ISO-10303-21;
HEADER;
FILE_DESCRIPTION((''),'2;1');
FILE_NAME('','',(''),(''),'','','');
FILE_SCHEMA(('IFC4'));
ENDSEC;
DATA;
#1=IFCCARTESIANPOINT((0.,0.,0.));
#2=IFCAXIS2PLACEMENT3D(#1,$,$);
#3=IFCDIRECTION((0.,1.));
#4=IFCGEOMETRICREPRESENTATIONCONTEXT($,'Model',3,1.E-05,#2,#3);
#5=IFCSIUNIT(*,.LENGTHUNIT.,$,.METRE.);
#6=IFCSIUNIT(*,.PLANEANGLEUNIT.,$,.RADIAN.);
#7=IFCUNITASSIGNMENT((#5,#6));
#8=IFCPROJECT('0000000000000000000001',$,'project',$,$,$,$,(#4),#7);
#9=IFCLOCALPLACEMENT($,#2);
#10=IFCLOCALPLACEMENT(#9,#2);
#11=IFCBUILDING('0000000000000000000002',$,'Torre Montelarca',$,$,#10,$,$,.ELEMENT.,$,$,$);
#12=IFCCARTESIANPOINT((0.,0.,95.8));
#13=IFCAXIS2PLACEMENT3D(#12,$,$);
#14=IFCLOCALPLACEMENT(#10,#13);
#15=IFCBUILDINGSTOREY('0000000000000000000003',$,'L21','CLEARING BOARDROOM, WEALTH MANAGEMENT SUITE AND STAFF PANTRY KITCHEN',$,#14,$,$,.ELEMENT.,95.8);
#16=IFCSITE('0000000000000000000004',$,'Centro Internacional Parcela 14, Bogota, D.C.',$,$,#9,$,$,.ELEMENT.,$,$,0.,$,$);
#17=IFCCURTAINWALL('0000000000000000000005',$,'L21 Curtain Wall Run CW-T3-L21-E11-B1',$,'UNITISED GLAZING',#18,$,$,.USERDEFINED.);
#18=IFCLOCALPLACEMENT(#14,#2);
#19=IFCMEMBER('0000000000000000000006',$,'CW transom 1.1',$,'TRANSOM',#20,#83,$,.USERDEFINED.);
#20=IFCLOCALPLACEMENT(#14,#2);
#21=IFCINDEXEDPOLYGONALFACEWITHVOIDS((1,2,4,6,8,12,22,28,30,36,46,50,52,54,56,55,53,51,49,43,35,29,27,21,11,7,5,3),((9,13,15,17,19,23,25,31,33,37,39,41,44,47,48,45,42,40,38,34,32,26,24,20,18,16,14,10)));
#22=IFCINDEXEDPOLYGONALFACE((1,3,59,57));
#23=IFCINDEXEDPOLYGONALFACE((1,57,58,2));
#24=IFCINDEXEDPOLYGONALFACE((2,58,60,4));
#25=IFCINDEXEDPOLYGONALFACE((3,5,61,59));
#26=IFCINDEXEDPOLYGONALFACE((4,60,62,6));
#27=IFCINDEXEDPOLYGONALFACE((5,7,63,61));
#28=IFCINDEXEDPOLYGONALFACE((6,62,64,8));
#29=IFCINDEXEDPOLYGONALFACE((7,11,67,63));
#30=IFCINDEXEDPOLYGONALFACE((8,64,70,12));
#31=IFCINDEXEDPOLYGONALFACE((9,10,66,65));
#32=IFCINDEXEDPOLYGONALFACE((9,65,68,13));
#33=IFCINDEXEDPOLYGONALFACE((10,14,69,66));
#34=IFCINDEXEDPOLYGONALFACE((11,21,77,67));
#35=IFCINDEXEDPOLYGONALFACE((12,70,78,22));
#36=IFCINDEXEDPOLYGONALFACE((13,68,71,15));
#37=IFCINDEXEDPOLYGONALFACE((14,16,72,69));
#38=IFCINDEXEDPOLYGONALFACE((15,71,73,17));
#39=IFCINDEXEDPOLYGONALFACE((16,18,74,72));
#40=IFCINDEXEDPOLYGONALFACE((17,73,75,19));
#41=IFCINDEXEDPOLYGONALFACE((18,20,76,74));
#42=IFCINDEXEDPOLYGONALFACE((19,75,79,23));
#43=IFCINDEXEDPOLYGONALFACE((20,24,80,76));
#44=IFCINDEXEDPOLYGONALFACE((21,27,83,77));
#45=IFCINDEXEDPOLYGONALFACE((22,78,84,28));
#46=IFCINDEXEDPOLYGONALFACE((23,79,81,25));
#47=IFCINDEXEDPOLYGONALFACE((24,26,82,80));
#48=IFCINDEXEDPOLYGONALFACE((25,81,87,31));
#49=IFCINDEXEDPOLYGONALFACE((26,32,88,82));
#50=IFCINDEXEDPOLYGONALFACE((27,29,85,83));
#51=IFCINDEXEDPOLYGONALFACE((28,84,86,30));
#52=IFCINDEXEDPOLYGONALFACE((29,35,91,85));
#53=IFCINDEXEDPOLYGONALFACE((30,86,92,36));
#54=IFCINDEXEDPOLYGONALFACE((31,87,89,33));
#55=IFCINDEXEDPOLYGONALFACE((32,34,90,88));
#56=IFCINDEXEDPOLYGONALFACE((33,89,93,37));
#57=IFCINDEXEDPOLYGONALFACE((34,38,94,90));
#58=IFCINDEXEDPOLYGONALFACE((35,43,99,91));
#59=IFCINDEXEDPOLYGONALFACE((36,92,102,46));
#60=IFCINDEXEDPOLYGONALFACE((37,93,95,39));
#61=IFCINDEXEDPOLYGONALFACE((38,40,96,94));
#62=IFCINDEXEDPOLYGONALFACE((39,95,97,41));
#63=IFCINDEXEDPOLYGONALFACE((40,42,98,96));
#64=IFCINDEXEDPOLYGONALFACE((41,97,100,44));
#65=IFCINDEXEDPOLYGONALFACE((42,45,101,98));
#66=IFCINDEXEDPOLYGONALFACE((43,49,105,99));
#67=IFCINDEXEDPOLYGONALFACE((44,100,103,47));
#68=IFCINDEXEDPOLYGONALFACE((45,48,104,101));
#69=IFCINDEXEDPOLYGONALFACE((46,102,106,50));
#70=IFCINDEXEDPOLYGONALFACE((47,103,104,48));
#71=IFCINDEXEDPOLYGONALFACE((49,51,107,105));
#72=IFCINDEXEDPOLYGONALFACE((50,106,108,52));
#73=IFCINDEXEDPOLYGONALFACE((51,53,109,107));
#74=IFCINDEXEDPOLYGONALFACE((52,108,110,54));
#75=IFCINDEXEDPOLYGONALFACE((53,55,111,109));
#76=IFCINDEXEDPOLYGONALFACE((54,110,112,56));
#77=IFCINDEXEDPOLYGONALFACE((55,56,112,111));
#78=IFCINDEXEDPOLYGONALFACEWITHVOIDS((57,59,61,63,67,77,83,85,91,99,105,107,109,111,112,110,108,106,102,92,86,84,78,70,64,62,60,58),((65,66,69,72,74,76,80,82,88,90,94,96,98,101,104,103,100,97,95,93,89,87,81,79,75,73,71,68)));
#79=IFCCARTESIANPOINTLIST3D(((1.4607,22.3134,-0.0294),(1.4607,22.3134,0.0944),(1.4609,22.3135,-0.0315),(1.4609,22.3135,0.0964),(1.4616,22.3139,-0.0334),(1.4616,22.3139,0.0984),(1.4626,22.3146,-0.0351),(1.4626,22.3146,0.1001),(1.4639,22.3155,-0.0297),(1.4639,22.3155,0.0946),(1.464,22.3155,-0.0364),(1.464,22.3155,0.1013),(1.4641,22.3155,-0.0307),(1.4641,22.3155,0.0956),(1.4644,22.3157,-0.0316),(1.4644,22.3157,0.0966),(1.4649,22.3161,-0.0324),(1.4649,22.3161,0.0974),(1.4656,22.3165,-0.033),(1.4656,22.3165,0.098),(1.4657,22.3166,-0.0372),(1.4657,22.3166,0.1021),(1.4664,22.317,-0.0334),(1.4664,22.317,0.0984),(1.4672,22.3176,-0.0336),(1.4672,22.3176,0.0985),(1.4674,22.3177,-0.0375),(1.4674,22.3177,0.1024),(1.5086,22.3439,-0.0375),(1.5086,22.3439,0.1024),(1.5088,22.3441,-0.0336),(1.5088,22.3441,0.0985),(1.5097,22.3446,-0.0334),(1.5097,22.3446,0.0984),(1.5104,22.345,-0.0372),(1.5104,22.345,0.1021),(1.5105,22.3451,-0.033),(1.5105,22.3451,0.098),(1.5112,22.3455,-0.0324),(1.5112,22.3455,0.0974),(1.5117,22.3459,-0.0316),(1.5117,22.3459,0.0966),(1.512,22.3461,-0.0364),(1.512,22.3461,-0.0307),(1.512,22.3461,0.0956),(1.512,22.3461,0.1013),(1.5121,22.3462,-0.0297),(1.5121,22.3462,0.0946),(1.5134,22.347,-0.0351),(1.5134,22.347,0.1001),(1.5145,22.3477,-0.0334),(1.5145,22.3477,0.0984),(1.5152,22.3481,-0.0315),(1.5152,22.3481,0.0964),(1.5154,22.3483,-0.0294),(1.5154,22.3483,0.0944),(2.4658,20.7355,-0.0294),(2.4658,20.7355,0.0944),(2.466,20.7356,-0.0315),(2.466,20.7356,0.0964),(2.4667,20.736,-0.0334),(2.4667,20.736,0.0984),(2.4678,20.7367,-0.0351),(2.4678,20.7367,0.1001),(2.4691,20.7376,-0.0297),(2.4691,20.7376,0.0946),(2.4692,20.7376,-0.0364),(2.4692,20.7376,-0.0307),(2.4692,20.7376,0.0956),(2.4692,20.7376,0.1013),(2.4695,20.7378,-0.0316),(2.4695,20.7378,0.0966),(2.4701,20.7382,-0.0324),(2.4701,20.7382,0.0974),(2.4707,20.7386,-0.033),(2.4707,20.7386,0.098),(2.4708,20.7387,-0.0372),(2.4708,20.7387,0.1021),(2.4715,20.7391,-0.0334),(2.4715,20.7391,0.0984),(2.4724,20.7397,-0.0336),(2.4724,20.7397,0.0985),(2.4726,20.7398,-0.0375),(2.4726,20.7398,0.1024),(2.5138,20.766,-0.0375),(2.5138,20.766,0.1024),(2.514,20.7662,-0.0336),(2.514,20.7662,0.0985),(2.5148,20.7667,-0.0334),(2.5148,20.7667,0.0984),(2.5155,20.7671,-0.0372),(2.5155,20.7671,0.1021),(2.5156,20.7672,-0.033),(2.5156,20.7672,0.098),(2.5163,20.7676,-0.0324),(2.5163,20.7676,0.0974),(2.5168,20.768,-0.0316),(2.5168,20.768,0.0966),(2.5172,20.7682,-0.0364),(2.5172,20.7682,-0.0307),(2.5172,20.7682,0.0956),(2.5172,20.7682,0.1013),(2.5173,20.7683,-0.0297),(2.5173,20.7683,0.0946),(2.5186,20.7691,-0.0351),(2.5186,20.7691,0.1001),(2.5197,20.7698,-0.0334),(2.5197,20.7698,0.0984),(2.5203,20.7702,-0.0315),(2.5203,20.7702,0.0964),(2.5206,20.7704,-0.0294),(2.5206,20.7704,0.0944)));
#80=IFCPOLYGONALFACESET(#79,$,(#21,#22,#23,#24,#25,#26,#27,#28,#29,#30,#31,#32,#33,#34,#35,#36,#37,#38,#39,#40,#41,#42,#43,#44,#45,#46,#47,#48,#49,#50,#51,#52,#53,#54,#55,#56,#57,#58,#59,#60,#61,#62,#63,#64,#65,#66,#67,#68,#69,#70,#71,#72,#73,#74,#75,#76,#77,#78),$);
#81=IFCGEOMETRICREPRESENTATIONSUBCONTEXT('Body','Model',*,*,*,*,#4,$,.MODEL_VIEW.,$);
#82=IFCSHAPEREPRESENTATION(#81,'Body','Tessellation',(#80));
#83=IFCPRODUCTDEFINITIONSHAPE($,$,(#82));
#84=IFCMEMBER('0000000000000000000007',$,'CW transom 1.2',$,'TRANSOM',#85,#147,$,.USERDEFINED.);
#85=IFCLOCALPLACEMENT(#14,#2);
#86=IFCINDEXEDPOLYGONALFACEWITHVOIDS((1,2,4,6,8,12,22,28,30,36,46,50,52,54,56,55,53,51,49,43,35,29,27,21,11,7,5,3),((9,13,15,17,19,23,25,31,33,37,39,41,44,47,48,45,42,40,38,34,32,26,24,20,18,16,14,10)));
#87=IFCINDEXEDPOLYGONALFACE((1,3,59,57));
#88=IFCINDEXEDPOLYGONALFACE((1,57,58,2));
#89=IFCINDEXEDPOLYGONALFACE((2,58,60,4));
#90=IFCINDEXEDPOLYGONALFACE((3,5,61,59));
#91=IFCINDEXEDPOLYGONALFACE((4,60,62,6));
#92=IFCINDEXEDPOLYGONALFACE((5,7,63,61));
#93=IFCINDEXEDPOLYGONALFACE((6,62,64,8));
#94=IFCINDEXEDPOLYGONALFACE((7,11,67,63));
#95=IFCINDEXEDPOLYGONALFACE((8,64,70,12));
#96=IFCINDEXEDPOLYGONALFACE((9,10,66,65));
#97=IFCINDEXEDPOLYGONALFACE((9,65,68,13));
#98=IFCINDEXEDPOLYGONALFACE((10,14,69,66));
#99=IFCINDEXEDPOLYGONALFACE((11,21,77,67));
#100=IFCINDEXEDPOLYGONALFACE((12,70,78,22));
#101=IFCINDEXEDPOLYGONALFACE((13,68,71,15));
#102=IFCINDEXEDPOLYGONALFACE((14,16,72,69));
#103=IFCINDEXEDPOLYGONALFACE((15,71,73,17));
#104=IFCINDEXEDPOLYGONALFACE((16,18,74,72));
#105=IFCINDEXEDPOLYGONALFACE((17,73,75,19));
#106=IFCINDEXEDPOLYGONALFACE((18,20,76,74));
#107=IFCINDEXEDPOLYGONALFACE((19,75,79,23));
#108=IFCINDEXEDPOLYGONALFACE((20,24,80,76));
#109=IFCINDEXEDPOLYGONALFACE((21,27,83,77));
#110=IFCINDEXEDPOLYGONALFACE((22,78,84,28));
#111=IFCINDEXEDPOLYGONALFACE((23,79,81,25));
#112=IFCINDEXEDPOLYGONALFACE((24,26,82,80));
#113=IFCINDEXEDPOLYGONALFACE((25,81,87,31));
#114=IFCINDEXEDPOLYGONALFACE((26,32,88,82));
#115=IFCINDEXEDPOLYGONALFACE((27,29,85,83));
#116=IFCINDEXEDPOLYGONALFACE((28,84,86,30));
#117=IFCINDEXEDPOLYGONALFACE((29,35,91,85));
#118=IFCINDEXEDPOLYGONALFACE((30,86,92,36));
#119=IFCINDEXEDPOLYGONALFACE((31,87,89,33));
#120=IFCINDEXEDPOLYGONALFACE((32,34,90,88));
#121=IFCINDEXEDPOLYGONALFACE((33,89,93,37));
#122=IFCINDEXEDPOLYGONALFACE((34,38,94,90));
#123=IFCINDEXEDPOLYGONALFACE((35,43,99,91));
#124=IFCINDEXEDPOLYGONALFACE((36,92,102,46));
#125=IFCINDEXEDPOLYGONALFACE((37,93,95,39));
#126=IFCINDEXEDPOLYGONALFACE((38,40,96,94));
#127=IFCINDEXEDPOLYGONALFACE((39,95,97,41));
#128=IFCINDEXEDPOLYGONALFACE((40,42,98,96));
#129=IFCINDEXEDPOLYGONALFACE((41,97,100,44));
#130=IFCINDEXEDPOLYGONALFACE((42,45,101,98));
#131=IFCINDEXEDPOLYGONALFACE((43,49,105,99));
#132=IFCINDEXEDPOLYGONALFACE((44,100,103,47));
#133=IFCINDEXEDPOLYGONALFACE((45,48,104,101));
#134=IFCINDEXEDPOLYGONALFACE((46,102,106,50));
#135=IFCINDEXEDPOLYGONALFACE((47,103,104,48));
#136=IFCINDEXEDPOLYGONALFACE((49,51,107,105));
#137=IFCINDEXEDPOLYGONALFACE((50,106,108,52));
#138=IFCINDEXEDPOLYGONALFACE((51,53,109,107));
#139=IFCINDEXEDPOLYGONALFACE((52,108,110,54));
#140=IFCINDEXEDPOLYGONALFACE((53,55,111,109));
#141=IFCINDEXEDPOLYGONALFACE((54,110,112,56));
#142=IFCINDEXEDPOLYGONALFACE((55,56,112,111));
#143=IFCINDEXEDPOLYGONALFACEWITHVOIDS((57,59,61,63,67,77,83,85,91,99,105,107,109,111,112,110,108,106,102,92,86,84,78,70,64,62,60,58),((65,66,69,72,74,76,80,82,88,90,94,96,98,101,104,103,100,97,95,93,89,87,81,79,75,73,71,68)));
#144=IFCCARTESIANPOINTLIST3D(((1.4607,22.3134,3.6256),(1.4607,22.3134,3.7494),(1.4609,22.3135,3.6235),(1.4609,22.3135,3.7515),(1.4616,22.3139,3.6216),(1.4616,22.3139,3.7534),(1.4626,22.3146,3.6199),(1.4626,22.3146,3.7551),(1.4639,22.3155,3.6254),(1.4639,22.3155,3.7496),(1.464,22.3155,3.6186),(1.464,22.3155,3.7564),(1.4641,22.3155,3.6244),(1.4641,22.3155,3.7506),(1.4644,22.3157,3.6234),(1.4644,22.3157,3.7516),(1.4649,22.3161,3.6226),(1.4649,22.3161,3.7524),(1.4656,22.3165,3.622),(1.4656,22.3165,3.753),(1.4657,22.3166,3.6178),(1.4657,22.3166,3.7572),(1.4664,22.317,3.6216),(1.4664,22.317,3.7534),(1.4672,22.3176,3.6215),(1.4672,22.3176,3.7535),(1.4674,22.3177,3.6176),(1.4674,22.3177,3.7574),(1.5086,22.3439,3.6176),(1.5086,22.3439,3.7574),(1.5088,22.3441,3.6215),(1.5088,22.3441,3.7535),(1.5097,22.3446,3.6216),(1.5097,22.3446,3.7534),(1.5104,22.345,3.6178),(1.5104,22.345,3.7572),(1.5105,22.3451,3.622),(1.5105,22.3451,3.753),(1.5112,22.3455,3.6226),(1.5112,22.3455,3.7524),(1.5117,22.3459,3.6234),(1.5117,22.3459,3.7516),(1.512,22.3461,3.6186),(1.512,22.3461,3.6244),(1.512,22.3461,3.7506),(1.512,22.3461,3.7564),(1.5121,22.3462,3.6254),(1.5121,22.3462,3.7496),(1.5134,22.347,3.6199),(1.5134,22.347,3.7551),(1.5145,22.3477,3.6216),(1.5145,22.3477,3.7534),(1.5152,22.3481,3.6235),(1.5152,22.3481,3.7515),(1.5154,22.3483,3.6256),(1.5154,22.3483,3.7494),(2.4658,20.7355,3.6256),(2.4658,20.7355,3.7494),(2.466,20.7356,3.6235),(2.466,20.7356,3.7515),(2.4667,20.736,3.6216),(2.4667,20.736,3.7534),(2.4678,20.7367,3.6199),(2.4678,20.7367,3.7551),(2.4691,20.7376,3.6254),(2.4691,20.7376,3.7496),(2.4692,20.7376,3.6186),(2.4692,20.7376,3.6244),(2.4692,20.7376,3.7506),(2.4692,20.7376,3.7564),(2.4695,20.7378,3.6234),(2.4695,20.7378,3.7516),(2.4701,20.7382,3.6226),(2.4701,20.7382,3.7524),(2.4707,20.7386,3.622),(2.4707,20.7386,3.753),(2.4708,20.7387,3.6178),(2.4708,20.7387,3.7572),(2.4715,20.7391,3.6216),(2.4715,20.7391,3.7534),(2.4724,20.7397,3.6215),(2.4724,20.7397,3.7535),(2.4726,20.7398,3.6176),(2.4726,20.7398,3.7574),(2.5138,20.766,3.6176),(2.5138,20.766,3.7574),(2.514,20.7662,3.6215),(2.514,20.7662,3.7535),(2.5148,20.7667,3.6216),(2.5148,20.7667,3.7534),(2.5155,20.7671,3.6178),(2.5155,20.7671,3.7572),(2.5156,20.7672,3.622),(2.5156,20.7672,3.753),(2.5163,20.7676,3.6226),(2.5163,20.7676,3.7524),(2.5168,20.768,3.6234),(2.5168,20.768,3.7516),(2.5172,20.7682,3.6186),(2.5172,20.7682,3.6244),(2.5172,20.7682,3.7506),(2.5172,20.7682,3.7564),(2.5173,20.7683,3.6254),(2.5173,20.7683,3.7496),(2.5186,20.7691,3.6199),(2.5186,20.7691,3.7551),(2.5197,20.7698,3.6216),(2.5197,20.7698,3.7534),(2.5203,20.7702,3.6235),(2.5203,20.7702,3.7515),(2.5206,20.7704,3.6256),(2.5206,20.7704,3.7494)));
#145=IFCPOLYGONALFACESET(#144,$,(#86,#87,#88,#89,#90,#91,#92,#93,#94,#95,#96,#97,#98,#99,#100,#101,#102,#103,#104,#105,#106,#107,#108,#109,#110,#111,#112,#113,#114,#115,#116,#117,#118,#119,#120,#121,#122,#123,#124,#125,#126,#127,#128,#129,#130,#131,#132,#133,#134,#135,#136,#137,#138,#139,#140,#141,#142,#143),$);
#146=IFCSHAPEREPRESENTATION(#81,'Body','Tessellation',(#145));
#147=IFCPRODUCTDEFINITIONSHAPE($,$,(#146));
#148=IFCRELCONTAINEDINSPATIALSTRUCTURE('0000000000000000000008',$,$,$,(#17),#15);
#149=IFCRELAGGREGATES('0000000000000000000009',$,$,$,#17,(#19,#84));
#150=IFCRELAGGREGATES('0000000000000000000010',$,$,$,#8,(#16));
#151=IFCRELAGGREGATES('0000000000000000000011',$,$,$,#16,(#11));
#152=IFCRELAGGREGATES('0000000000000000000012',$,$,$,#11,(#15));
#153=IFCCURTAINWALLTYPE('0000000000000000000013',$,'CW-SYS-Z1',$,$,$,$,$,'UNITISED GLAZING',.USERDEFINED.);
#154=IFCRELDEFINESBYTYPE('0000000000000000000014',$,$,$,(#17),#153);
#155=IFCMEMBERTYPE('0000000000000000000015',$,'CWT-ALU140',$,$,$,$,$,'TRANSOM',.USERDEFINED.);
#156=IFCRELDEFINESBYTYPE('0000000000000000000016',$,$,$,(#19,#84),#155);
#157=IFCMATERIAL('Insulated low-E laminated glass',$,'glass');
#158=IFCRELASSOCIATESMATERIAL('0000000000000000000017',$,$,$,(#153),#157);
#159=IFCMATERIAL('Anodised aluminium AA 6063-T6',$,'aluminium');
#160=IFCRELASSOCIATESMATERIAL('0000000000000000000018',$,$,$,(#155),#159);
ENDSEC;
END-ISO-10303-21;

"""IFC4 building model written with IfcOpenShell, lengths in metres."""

from ifc_helpers import new_model, si_unit, direction, frame, origin, origin_2d, place, context, subcontext, project, spatial, hollow_rectangle, extrude, source, transform, mapped, material, material_profile, profile_set, type_object, element, aggregate, save


model = new_model("IFC4")

# Units and contexts
model_context = context("Model", 3, precision=1e-05, world=origin(), true_north=direction((0.0, 1.0)))
body_context = subcontext(model_context, "Body", "Model", "MODEL_VIEW")
ifc_project = project(units=[si_unit("LENGTHUNIT", "METRE"), si_unit("PLANEANGLEUNIT", "RADIAN")], contexts=[model_context])

# Site, building, storey
site_placement = place(None, origin())
site = spatial("IfcSite", under=ifc_project, at=site_placement, Name="Centro Internacional Parcela 14, Bogota, D.C.", CompositionType="ELEMENT", RefElevation=0.0)
building_placement = place(site_placement, origin())
building = spatial("IfcBuilding", under=site, at=building_placement, Name="Torre Montelarca", CompositionType="ELEMENT")
storey_placement = place(building_placement, frame((0.0, 0.0, 95.8)))
storey = spatial("IfcBuildingStorey", under=building, at=storey_placement, Name="L21", Description="CLEARING BOARDROOM, WEALTH MANAGEMENT SUITE AND STAFF PANTRY KITCHEN", CompositionType="ELEMENT", Elevation=95.8)

# Curtain wall, members
ifc_material_1 = material(Name="Insulated low-E laminated glass", Category="glass")
curtain_wall_type = type_object("IfcCurtainWallType", Name="CW-SYS-Z1", ElementType="UNITISED GLAZING", PredefinedType="USERDEFINED", material=ifc_material_1)
ifc_material_2 = material(Name="Anodised aluminium AA 6063-T6", Category="aluminium")
ifc_material_profile_1 = material_profile(ifc_material_2, hollow_rectangle(XDim=0.0649, YDim=0.1399, WallThickness=0.0039, InnerFilletRadius=0.0039, OuterFilletRadius=0.0081, at=origin_2d()), Name="ALU65X140X4", Category="aluminium")
ifc_profile_set_1 = profile_set([ifc_material_profile_1], Name="Anodised aluminium AA 6063-T6")
member_type_1 = type_object("IfcMemberType", Name="CWT-ALU140", ElementType="TRANSOM", PredefinedType="USERDEFINED", material=ifc_profile_set_1)
curtain_wall_1_placement = place(storey_placement, origin())
curtain_wall_1 = element("IfcCurtainWall", 1, at=curtain_wall_1_placement, inside=storey, type_object=curtain_wall_type, Name="L21 Curtain Wall Run CW-T3-L21-E11-B1", ObjectType="UNITISED GLAZING", PredefinedType="USERDEFINED")
shared_shape_1 = source(origin(), body_context, "Body", "SweptSolid", [
    extrude(hollow_rectangle(XDim=0.0649, YDim=0.1399, WallThickness=0.0039, InnerFilletRadius=0.0039, OuterFilletRadius=0.0081, at=origin_2d()), origin(), (0.0, 0.0, 1.0), 1.8708),
])
member_1_placement = place(storey_placement, frame((1.488, 22.3308, 0.0325), z_axis=(0.537264, -0.843414, 0.0), x_axis=(0.843414, 0.537264, 0.0)))
member_1 = element("IfcMember", 2, at=member_1_placement, type_object=member_type_1, Name="CW transom 1.1", ObjectType="TRANSOM", PredefinedType="USERDEFINED", context=body_context, shape_type="MappedRepresentation", body=[
    mapped(shared_shape_1, transform((0.0, 0.0, 0.0), scale=1.0)),
])
member_2_placement = place(storey_placement, frame((1.488, 22.3308, 3.6875), z_axis=(0.537264, -0.843414, 0.0), x_axis=(0.843414, 0.537264, 0.0)))
member_2 = element("IfcMember", 3, at=member_2_placement, type_object=member_type_1, Name="CW transom 1.2", ObjectType="TRANSOM", PredefinedType="USERDEFINED", context=body_context, shape_type="MappedRepresentation", body=[
    mapped(shared_shape_1, transform((0.0, 0.0, 0.0), scale=1.0)),
])

aggregate(curtain_wall_1, [member_1, member_2])

save(model, "model.ifc")
